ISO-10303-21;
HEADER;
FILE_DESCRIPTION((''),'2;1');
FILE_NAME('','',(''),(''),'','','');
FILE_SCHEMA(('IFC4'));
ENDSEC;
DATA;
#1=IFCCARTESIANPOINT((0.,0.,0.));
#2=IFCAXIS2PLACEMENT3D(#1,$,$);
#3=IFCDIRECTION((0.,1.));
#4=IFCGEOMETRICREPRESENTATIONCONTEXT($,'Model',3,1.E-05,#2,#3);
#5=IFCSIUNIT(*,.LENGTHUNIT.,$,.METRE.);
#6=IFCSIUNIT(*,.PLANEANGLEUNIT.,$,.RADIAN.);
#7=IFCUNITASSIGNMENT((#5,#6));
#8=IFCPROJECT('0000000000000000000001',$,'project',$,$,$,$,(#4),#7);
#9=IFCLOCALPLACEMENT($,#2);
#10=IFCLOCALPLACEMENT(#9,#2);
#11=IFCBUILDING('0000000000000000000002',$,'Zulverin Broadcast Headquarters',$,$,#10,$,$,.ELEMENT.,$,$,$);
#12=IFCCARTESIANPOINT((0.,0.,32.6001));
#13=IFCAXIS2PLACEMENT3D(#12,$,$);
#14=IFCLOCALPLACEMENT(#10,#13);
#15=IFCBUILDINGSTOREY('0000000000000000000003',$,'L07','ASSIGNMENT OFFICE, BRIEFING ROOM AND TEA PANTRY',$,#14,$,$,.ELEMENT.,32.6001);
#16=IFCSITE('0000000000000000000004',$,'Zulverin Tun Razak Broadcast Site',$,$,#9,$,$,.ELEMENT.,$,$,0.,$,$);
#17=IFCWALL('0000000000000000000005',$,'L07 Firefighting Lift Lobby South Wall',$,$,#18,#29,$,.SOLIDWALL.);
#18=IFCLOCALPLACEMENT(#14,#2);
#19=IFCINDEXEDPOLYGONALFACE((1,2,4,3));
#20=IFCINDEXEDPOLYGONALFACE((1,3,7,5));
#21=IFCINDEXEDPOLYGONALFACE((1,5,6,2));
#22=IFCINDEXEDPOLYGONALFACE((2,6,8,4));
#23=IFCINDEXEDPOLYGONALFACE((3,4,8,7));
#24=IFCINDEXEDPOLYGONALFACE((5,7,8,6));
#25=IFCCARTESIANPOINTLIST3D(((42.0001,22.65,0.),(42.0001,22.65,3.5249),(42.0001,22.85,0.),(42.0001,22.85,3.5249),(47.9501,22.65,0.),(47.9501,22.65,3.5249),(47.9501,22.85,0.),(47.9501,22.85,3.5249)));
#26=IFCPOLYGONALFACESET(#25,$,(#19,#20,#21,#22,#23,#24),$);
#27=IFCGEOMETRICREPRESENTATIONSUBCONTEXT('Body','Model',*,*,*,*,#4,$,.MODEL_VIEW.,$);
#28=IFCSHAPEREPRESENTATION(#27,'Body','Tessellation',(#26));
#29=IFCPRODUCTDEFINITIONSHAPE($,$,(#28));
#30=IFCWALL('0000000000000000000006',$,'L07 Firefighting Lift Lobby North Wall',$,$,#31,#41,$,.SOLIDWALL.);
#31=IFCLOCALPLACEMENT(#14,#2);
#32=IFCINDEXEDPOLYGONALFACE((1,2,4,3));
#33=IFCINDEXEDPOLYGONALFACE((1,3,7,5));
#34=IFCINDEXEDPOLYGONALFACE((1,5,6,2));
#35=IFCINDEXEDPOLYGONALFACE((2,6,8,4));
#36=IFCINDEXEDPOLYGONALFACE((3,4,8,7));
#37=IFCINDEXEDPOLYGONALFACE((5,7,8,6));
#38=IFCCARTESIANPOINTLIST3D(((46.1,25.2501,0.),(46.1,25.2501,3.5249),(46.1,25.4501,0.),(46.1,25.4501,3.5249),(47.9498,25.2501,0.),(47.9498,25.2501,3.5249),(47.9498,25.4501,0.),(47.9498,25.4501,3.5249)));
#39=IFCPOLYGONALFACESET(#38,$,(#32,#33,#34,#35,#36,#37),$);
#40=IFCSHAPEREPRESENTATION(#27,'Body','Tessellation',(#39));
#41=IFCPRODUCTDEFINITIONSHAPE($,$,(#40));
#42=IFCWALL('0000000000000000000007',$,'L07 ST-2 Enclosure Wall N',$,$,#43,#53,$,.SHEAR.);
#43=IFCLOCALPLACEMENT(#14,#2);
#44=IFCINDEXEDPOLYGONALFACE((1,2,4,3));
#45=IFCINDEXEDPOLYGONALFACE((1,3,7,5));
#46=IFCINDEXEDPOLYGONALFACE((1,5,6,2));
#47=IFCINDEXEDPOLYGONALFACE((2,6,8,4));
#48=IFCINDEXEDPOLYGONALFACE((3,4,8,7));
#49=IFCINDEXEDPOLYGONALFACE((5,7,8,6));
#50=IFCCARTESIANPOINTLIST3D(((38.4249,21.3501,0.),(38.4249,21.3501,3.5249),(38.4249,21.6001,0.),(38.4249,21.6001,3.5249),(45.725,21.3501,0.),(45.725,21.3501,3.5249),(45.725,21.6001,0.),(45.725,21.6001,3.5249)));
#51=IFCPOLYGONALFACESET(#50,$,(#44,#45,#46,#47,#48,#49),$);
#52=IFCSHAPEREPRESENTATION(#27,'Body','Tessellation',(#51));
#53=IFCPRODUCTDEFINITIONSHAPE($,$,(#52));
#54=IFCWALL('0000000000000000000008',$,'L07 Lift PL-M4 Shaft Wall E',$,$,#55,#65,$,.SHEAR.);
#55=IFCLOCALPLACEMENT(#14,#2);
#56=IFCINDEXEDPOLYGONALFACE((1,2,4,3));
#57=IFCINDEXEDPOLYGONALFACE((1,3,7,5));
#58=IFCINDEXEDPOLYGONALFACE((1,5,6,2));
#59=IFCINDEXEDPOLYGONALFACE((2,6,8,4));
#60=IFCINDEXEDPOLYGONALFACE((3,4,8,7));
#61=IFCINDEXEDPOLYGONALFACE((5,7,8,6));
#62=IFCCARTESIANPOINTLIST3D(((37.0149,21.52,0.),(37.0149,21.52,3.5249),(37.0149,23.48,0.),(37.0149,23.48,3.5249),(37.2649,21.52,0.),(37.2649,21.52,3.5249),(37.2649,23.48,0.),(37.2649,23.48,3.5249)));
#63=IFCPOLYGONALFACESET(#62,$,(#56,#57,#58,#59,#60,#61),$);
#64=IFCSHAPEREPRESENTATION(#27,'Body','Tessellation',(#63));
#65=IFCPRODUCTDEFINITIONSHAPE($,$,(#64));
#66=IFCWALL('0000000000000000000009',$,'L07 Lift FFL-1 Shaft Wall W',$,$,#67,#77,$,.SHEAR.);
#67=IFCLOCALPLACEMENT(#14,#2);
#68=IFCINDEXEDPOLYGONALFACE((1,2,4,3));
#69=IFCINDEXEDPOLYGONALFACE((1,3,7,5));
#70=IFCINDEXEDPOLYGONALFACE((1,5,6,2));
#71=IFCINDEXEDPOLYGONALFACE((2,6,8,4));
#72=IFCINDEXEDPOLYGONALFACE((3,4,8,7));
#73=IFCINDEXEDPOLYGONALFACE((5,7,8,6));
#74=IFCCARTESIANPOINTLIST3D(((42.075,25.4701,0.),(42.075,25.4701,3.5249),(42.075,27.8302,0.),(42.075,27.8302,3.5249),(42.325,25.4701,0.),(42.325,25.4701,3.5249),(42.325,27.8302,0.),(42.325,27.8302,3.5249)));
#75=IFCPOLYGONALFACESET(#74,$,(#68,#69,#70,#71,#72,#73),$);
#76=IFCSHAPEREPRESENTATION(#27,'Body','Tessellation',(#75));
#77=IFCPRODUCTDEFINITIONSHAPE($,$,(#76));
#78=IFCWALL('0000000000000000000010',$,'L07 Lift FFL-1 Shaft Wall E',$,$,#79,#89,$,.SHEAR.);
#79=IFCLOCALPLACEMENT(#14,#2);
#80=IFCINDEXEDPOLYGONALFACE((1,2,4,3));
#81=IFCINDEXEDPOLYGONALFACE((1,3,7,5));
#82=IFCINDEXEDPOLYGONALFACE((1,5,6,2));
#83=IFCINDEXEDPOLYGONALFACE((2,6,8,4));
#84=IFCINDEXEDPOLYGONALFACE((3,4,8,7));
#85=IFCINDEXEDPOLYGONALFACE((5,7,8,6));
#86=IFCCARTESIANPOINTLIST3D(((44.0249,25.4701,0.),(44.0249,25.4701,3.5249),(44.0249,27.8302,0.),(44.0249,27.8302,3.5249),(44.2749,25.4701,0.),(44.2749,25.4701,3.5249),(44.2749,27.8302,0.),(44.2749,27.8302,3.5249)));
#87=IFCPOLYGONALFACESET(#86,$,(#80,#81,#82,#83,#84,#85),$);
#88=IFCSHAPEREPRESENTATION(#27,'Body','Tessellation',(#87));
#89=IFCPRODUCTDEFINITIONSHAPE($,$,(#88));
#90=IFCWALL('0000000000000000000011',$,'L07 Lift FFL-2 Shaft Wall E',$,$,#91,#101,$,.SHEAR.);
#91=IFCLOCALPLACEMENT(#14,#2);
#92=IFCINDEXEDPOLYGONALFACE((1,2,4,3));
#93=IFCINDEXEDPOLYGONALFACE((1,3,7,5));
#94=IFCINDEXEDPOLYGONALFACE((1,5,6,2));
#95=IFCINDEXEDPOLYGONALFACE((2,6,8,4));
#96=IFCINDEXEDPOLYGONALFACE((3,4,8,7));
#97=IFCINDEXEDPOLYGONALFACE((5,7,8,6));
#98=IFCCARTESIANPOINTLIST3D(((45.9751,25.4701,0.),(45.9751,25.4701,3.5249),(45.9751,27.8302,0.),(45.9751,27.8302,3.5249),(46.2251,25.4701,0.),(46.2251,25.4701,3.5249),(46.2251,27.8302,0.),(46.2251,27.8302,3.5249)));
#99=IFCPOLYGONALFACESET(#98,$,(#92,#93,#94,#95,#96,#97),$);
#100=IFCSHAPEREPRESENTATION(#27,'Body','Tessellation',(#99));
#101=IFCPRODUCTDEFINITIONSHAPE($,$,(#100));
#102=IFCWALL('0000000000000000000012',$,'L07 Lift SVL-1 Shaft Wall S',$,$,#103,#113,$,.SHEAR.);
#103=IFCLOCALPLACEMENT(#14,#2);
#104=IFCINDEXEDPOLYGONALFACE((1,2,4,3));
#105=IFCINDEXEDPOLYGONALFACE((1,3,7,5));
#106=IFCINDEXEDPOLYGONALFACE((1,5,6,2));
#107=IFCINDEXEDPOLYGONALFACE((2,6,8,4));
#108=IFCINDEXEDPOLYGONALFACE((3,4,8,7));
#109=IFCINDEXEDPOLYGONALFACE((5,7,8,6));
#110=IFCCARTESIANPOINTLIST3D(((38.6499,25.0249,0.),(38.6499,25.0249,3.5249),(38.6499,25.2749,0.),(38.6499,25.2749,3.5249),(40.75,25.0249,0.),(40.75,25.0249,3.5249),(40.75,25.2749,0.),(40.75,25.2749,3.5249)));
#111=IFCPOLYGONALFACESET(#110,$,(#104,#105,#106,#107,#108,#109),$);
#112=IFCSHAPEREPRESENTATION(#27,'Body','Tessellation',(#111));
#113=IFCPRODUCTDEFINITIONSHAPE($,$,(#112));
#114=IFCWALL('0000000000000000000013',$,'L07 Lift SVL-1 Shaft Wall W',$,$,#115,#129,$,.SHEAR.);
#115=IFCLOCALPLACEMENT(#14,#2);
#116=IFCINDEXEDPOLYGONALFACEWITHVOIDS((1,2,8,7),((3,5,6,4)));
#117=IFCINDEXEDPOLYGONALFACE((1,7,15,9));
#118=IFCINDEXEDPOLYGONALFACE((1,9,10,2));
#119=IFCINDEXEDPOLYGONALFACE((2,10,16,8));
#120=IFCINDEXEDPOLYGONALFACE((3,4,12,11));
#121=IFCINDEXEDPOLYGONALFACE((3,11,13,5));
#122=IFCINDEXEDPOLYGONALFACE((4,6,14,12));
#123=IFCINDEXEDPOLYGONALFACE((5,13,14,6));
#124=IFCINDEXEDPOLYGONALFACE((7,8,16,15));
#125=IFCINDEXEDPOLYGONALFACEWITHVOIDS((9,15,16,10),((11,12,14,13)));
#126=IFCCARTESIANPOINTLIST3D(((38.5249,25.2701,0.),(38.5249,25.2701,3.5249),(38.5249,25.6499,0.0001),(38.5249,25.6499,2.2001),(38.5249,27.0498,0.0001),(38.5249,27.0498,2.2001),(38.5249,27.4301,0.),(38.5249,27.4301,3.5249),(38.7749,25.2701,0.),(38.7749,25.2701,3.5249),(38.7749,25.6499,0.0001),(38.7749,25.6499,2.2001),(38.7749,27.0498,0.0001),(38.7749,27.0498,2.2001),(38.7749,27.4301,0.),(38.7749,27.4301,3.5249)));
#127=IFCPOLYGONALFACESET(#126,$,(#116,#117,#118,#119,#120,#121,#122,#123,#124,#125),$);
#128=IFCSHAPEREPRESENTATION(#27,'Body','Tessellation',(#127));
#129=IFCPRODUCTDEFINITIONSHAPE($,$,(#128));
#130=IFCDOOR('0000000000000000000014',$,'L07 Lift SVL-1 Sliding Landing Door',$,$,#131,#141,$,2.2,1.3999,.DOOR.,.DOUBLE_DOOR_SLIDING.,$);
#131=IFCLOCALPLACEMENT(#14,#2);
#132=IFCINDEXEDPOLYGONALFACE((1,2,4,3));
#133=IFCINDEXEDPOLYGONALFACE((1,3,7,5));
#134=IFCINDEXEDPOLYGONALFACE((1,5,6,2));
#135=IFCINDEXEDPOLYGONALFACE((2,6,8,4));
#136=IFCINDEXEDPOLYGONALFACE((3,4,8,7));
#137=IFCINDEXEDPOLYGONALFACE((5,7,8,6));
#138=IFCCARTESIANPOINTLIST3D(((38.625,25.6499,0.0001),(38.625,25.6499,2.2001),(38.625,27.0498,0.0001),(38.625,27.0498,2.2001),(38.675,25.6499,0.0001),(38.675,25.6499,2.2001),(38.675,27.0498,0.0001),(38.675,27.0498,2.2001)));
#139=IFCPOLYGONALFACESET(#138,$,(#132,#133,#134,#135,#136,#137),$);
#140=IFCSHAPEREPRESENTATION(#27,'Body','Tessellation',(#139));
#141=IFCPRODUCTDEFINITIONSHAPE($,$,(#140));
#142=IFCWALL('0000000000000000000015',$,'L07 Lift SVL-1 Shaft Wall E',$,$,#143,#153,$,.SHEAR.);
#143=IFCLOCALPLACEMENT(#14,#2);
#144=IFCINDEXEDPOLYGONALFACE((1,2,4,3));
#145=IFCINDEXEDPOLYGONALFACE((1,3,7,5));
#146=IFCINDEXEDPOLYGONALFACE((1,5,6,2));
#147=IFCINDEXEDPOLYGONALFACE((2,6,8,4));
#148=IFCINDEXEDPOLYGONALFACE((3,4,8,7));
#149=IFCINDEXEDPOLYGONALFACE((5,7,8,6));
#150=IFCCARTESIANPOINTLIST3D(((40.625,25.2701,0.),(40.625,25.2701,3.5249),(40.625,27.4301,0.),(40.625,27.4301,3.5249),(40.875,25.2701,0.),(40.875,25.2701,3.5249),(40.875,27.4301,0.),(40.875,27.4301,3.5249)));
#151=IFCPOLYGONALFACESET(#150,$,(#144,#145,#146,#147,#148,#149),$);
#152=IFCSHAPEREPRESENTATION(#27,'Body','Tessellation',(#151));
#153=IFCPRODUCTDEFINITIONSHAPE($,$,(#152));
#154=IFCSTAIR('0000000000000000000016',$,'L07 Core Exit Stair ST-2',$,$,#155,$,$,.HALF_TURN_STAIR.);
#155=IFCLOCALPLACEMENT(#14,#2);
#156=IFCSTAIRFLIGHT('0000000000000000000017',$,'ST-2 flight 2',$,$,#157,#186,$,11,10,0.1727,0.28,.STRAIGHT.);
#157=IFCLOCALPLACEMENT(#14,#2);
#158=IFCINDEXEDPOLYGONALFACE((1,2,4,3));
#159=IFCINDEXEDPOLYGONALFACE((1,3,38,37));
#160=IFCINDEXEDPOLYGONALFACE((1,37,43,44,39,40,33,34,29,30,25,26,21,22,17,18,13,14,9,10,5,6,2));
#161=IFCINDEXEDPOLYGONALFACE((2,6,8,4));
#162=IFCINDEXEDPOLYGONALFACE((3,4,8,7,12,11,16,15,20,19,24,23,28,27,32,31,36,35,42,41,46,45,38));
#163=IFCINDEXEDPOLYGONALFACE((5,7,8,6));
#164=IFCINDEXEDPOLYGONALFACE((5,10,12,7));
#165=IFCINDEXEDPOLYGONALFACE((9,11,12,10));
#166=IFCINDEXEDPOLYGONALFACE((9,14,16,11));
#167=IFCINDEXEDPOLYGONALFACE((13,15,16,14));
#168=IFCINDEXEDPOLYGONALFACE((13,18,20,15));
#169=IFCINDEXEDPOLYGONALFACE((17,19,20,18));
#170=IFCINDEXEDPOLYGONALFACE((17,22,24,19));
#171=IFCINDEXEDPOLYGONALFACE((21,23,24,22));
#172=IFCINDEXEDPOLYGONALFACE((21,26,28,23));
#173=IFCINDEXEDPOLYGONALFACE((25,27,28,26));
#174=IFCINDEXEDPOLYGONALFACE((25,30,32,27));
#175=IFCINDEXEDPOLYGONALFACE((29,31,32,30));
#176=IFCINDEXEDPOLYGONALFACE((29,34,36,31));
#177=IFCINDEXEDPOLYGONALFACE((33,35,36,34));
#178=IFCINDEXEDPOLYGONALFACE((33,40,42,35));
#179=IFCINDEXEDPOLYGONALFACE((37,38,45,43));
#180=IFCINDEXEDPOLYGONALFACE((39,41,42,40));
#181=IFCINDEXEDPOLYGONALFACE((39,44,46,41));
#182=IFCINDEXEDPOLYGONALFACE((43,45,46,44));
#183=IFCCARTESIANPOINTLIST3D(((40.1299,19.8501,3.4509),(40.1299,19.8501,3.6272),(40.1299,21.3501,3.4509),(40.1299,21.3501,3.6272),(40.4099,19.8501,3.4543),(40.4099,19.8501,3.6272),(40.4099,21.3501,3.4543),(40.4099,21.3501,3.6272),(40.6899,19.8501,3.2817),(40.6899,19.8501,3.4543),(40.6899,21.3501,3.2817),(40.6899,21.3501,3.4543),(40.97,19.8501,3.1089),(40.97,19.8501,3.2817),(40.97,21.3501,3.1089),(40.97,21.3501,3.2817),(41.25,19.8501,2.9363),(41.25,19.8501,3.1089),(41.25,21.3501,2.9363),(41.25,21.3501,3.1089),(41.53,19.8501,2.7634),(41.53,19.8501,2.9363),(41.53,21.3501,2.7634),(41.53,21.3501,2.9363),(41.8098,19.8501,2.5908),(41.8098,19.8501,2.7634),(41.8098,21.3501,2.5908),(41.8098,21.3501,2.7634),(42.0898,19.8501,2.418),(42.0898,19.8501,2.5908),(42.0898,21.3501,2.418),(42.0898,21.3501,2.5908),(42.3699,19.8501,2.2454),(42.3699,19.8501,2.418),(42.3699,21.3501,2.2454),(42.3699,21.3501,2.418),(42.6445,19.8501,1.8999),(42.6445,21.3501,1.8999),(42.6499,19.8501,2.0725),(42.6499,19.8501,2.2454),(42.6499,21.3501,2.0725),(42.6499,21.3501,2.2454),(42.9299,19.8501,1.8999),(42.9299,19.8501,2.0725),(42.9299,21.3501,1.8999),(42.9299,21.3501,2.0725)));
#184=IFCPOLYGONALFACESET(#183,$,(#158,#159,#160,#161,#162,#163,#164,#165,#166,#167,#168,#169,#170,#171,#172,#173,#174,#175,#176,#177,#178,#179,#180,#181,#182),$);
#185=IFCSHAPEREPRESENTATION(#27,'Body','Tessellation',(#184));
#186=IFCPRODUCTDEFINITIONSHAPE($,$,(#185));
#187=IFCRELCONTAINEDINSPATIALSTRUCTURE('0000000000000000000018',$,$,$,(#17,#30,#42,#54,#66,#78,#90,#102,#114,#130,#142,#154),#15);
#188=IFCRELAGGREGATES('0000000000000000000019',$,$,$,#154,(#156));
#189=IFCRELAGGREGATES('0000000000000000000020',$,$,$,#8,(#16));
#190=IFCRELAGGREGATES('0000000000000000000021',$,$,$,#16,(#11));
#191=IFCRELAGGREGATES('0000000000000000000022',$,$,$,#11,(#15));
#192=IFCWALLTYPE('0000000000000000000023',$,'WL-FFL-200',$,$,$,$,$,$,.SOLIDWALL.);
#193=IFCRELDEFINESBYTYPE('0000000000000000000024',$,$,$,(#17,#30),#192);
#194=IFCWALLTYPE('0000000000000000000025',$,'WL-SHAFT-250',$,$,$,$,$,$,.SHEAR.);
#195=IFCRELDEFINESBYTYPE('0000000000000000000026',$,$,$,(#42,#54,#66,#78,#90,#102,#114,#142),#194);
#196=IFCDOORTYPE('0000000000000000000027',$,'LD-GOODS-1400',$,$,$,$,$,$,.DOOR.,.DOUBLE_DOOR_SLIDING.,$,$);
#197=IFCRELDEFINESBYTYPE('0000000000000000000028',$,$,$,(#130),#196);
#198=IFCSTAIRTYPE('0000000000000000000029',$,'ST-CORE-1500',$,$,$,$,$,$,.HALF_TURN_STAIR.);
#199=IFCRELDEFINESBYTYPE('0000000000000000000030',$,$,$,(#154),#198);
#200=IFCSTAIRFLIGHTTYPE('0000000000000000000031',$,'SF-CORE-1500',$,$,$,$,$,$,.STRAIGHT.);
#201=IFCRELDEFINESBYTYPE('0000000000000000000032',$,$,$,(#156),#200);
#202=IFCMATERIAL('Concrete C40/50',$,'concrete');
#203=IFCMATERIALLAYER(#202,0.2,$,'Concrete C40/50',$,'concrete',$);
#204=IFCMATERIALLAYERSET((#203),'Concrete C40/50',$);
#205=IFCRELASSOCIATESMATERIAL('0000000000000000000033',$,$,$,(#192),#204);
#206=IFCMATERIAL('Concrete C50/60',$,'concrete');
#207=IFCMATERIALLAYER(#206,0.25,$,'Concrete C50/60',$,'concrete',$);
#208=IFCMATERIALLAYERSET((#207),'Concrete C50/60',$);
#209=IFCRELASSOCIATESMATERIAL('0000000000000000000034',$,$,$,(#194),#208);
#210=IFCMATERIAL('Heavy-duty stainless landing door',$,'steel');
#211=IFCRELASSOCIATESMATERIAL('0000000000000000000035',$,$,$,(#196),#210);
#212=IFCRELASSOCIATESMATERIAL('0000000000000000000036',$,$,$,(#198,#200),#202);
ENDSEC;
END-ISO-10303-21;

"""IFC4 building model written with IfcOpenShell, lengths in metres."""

from ifc_helpers import new_model, si_unit, direction, frame, frame_2d, origin, place, context, subcontext, project, spatial, polyline, rectangle, outline, extrude, material, layer, layer_set, type_object, element, fill, aggregate, save


model = new_model("IFC4")

# Units and contexts
model_context = context("Model", 3, precision=1e-05, world=origin(), true_north=direction((0.0, 1.0)))
body_context = subcontext(model_context, "Body", "Model", "MODEL_VIEW")
ifc_project = project(units=[si_unit("LENGTHUNIT", "METRE"), si_unit("PLANEANGLEUNIT", "RADIAN")], contexts=[model_context])

# Site, building, storey
site_placement = place(None, origin())
site = spatial("IfcSite", under=ifc_project, at=site_placement, Name="Zulverin Tun Razak Broadcast Site", CompositionType="ELEMENT", RefElevation=0.0)
building_placement = place(site_placement, origin())
building = spatial("IfcBuilding", under=site, at=building_placement, Name="Zulverin Broadcast Headquarters", CompositionType="ELEMENT")
storey_placement = place(building_placement, frame((0.0, 0.0, 32.6001)))
storey = spatial("IfcBuildingStorey", under=building, at=storey_placement, Name="L07", Description="ASSIGNMENT OFFICE, BRIEFING ROOM AND TEA PANTRY", CompositionType="ELEMENT", Elevation=32.6001)

# Shared definitions
ifc_material_1 = material(Name="Concrete C40/50", Category="concrete")
ifc_layer_1 = layer(ifc_material_1, 0.2, Name="Concrete C40/50", Category="concrete")
ifc_layer_set_1 = layer_set([ifc_layer_1], Name="Concrete C40/50")
wall_type_1 = type_object("IfcWallType", Name="WL-FFL-200", PredefinedType="SOLIDWALL", material=ifc_layer_set_1)

# Walls
wall_1_placement = place(storey_placement, frame((42.0, 22.75, 0.0), z_axis=(0.0, 0.0, 1.0), x_axis=(1.0, 0.0, 0.0)))
element("IfcWall", 1, at=wall_1_placement, inside=storey, type_object=wall_type_1, Name="L07 Firefighting Lift Lobby South Wall", PredefinedType="SOLIDWALL", context=body_context, shape_type="SweptSolid", body=[
    extrude(rectangle(XDim=5.95, YDim=0.2, at=frame_2d((2.9751, 0.0))), origin(), (0.0, 0.0, 1.0), 3.5249),
])
wall_2_placement = place(storey_placement, frame((46.1001, 25.3501, 0.0), z_axis=(0.0, 0.0, 1.0), x_axis=(1.0, 0.0, 0.0)))
element("IfcWall", 2, at=wall_2_placement, inside=storey, type_object=wall_type_1, Name="L07 Firefighting Lift Lobby North Wall", PredefinedType="SOLIDWALL", context=body_context, shape_type="SweptSolid", body=[
    extrude(rectangle(XDim=1.8499, YDim=0.2, at=frame_2d((0.9248, 0.0))), origin(), (0.0, 0.0, 1.0), 3.5249),
])
ifc_material_2 = material(Name="Concrete C50/60", Category="concrete")
ifc_layer_2 = layer(ifc_material_2, 0.25, Name="Concrete C50/60", Category="concrete")
ifc_layer_set_2 = layer_set([ifc_layer_2], Name="Concrete C50/60")
wall_type_2 = type_object("IfcWallType", Name="WL-SHAFT-250", PredefinedType="SHEAR", material=ifc_layer_set_2)
wall_3_placement = place(storey_placement, frame((38.425, 21.4751, 0.0), z_axis=(0.0, 0.0, 1.0), x_axis=(1.0, 0.0, 0.0)))
element("IfcWall", 3, at=wall_3_placement, inside=storey, type_object=wall_type_2, Name="L07 ST-2 Enclosure Wall N", PredefinedType="SHEAR", context=body_context, shape_type="SweptSolid", body=[
    extrude(rectangle(XDim=7.3, YDim=0.25, at=frame_2d((3.6499, 0.0))), origin(), (0.0, 0.0, 1.0), 3.5249),
])
wall_4_placement = place(storey_placement, frame((37.1399, 21.52, 0.0), z_axis=(0.0, 0.0, 1.0), x_axis=(0.0, 1.0, 0.0)))
element("IfcWall", 4, at=wall_4_placement, inside=storey, type_object=wall_type_2, Name="L07 Lift PL-M4 Shaft Wall E", PredefinedType="SHEAR", context=body_context, shape_type="SweptSolid", body=[
    extrude(rectangle(XDim=1.96, YDim=0.25, at=frame_2d((0.98, 0.0))), origin(), (0.0, 0.0, 1.0), 3.5249),
])

# Walls
for number, where, z_axis, x_axis, name in (
    (5, (42.2, 25.47, 0.0), (0.0, 0.0, 1.0), (0.0, 1.0, 0.0), "L07 Lift FFL-1 Shaft Wall W"),
    (6, (44.1499, 25.47, 0.0), (0.0, 0.0, 1.0), (0.0, 1.0, 0.0), "L07 Lift FFL-1 Shaft Wall E"),
):
    element("IfcWall", number, at=place(storey_placement, frame(where, z_axis=z_axis, x_axis=x_axis)), inside=storey, type_object=wall_type_2, Name=name, PredefinedType="SHEAR", context=body_context, shape_type="SweptSolid", body=[
        extrude(rectangle(XDim=2.3601, YDim=0.25, at=frame_2d((1.1802, 0.0))), origin(), (0.0, 0.0, 1.0), 3.5249),
    ])

# Walls
wall_5_placement = place(storey_placement, frame((46.1001, 25.47, 0.0), z_axis=(0.0, 0.0, 1.0), x_axis=(0.0, 1.0, 0.0)))
element("IfcWall", 7, at=wall_5_placement, inside=storey, type_object=wall_type_2, Name="L07 Lift FFL-2 Shaft Wall E", PredefinedType="SHEAR", context=body_context, shape_type="SweptSolid", body=[
    extrude(rectangle(XDim=2.3601, YDim=0.25, at=frame_2d((1.1802, 0.0))), origin(), (0.0, 0.0, 1.0), 3.5249),
])
wall_6_placement = place(storey_placement, frame((38.6499, 25.1499, 0.0), z_axis=(0.0, 0.0, 1.0), x_axis=(1.0, 0.0, 0.0)))
element("IfcWall", 8, at=wall_6_placement, inside=storey, type_object=wall_type_2, Name="L07 Lift SVL-1 Shaft Wall S", PredefinedType="SHEAR", context=body_context, shape_type="SweptSolid", body=[
    extrude(rectangle(XDim=2.1001, YDim=0.25, at=frame_2d((1.05, 0.0))), origin(), (0.0, 0.0, 1.0), 3.5249),
])

# Wall, opening, door
wall_7_placement = place(storey_placement, frame((38.6499, 25.27, 0.0), z_axis=(0.0, 0.0, 1.0), x_axis=(0.0, 1.0, 0.0)))
wall_7 = element("IfcWall", 9, at=wall_7_placement, inside=storey, type_object=wall_type_2, Name="L07 Lift SVL-1 Shaft Wall W", PredefinedType="SHEAR", context=body_context, shape_type="SweptSolid", body=[
    extrude(rectangle(XDim=2.1599, YDim=0.25, at=frame_2d((1.0801, 0.0))), origin(), (0.0, 0.0, 1.0), 3.5249),
])
opening_1_placement = place(wall_7_placement, frame((0.3799, 0.0, 0.0)))
opening_1 = element("IfcOpeningElement", 10, at=opening_1_placement, cuts=wall_7, PredefinedType="OPENING", context=body_context, shape_type="SweptSolid", body=[
    extrude(rectangle(XDim=1.3999, YDim=2.2, at=frame_2d((0.7, 1.1001))), frame((0.0, 0.135, 0.0), z_axis=(0.0, -1.0, 0.0), x_axis=(1.0, 0.0, 0.0)), (0.0, 0.0, 1.0), 0.27),
])
ifc_material_3 = material(Name="Heavy-duty stainless landing door", Category="steel")
door_type_1 = type_object("IfcDoorType", Name="LD-GOODS-1400", OperationType="DOUBLE_DOOR_SLIDING", PredefinedType="DOOR", material=ifc_material_3)
door_1_placement = place(opening_1_placement, origin())
door_1 = element("IfcDoor", 11, at=door_1_placement, inside=storey, type_object=door_type_1, Name="L07 Lift SVL-1 Sliding Landing Door", OperationType="DOUBLE_DOOR_SLIDING", OverallHeight=2.2, OverallWidth=1.3999, PredefinedType="DOOR", context=body_context, shape_type="SweptSolid", body=[
    extrude(rectangle(XDim=1.3999, YDim=2.2, at=frame_2d((0.7, 1.1001))), frame((0.0, 0.0249, 0.0), z_axis=(0.0, -1.0, 0.0), x_axis=(1.0, 0.0, 0.0)), (0.0, 0.0, 1.0), 0.05),
])
fill(opening_1, door_1)

# Wall
wall_8_placement = place(storey_placement, frame((40.75, 25.27, 0.0), z_axis=(0.0, 0.0, 1.0), x_axis=(0.0, 1.0, 0.0)))
element("IfcWall", 12, at=wall_8_placement, inside=storey, type_object=wall_type_2, Name="L07 Lift SVL-1 Shaft Wall E", PredefinedType="SHEAR", context=body_context, shape_type="SweptSolid", body=[
    extrude(rectangle(XDim=2.1599, YDim=0.25, at=frame_2d((1.0801, 0.0))), origin(), (0.0, 0.0, 1.0), 3.5249),
])

# Stair, stair flight
stair_type = type_object("IfcStairType", Name="ST-CORE-1500", PredefinedType="HALF_TURN_STAIR", material=ifc_material_1)
stair_placement = place(storey_placement, origin())
stair = element("IfcStair", 13, at=stair_placement, inside=storey, type_object=stair_type, Name="L07 Core Exit Stair ST-2", PredefinedType="HALF_TURN_STAIR")
stair_flight_type = type_object("IfcStairFlightType", Name="SF-CORE-1500", PredefinedType="STRAIGHT", material=ifc_material_1)
stair_flight_placement = place(storey_placement, frame((42.9299, 20.6001, 1.8999), z_axis=(0.0, 0.0, 1.0), x_axis=(-1.0, 0.0, 0.0)))
stair_flight = element("IfcStairFlight", 14, at=stair_flight_placement, type_object=stair_flight_type, Name="ST-2 flight 2", NumberOfRisers=11, NumberOfTreads=10, PredefinedType="STRAIGHT", RiserHeight=0.1727, TreadLength=0.28, context=body_context, shape_type="SweptSolid", body=[
    extrude(outline(polyline([(0.0, 0.0), (0.0, 0.1726), (0.28, 0.1726), (0.28, 0.3455), (0.5601, 0.3455), (0.5601, 0.5181), (0.8401, 0.5181), (0.8401, 0.6909), (1.1201, 0.6909), (1.1201, 0.8635), (1.3999, 0.8635), (1.3999, 1.0364), (1.6799, 1.0364), (1.6799, 1.209), (1.96, 1.209), (1.96, 1.3818), (2.24, 1.3818), (2.24, 1.5544), (2.52, 1.5544), (2.52, 1.7273), (2.8, 1.7273), (2.8, 1.8999), (2.8, 1.551), (0.2854, 0.0), (0.0, 0.0)])), frame((0.0, 0.75, 0.0), z_axis=(0.0, -1.0, 0.0), x_axis=(1.0, 0.0, 0.0)), (0.0, 0.0, 1.0), 1.5),
])
aggregate(stair, [stair_flight])

save(model, "model.ifc")
